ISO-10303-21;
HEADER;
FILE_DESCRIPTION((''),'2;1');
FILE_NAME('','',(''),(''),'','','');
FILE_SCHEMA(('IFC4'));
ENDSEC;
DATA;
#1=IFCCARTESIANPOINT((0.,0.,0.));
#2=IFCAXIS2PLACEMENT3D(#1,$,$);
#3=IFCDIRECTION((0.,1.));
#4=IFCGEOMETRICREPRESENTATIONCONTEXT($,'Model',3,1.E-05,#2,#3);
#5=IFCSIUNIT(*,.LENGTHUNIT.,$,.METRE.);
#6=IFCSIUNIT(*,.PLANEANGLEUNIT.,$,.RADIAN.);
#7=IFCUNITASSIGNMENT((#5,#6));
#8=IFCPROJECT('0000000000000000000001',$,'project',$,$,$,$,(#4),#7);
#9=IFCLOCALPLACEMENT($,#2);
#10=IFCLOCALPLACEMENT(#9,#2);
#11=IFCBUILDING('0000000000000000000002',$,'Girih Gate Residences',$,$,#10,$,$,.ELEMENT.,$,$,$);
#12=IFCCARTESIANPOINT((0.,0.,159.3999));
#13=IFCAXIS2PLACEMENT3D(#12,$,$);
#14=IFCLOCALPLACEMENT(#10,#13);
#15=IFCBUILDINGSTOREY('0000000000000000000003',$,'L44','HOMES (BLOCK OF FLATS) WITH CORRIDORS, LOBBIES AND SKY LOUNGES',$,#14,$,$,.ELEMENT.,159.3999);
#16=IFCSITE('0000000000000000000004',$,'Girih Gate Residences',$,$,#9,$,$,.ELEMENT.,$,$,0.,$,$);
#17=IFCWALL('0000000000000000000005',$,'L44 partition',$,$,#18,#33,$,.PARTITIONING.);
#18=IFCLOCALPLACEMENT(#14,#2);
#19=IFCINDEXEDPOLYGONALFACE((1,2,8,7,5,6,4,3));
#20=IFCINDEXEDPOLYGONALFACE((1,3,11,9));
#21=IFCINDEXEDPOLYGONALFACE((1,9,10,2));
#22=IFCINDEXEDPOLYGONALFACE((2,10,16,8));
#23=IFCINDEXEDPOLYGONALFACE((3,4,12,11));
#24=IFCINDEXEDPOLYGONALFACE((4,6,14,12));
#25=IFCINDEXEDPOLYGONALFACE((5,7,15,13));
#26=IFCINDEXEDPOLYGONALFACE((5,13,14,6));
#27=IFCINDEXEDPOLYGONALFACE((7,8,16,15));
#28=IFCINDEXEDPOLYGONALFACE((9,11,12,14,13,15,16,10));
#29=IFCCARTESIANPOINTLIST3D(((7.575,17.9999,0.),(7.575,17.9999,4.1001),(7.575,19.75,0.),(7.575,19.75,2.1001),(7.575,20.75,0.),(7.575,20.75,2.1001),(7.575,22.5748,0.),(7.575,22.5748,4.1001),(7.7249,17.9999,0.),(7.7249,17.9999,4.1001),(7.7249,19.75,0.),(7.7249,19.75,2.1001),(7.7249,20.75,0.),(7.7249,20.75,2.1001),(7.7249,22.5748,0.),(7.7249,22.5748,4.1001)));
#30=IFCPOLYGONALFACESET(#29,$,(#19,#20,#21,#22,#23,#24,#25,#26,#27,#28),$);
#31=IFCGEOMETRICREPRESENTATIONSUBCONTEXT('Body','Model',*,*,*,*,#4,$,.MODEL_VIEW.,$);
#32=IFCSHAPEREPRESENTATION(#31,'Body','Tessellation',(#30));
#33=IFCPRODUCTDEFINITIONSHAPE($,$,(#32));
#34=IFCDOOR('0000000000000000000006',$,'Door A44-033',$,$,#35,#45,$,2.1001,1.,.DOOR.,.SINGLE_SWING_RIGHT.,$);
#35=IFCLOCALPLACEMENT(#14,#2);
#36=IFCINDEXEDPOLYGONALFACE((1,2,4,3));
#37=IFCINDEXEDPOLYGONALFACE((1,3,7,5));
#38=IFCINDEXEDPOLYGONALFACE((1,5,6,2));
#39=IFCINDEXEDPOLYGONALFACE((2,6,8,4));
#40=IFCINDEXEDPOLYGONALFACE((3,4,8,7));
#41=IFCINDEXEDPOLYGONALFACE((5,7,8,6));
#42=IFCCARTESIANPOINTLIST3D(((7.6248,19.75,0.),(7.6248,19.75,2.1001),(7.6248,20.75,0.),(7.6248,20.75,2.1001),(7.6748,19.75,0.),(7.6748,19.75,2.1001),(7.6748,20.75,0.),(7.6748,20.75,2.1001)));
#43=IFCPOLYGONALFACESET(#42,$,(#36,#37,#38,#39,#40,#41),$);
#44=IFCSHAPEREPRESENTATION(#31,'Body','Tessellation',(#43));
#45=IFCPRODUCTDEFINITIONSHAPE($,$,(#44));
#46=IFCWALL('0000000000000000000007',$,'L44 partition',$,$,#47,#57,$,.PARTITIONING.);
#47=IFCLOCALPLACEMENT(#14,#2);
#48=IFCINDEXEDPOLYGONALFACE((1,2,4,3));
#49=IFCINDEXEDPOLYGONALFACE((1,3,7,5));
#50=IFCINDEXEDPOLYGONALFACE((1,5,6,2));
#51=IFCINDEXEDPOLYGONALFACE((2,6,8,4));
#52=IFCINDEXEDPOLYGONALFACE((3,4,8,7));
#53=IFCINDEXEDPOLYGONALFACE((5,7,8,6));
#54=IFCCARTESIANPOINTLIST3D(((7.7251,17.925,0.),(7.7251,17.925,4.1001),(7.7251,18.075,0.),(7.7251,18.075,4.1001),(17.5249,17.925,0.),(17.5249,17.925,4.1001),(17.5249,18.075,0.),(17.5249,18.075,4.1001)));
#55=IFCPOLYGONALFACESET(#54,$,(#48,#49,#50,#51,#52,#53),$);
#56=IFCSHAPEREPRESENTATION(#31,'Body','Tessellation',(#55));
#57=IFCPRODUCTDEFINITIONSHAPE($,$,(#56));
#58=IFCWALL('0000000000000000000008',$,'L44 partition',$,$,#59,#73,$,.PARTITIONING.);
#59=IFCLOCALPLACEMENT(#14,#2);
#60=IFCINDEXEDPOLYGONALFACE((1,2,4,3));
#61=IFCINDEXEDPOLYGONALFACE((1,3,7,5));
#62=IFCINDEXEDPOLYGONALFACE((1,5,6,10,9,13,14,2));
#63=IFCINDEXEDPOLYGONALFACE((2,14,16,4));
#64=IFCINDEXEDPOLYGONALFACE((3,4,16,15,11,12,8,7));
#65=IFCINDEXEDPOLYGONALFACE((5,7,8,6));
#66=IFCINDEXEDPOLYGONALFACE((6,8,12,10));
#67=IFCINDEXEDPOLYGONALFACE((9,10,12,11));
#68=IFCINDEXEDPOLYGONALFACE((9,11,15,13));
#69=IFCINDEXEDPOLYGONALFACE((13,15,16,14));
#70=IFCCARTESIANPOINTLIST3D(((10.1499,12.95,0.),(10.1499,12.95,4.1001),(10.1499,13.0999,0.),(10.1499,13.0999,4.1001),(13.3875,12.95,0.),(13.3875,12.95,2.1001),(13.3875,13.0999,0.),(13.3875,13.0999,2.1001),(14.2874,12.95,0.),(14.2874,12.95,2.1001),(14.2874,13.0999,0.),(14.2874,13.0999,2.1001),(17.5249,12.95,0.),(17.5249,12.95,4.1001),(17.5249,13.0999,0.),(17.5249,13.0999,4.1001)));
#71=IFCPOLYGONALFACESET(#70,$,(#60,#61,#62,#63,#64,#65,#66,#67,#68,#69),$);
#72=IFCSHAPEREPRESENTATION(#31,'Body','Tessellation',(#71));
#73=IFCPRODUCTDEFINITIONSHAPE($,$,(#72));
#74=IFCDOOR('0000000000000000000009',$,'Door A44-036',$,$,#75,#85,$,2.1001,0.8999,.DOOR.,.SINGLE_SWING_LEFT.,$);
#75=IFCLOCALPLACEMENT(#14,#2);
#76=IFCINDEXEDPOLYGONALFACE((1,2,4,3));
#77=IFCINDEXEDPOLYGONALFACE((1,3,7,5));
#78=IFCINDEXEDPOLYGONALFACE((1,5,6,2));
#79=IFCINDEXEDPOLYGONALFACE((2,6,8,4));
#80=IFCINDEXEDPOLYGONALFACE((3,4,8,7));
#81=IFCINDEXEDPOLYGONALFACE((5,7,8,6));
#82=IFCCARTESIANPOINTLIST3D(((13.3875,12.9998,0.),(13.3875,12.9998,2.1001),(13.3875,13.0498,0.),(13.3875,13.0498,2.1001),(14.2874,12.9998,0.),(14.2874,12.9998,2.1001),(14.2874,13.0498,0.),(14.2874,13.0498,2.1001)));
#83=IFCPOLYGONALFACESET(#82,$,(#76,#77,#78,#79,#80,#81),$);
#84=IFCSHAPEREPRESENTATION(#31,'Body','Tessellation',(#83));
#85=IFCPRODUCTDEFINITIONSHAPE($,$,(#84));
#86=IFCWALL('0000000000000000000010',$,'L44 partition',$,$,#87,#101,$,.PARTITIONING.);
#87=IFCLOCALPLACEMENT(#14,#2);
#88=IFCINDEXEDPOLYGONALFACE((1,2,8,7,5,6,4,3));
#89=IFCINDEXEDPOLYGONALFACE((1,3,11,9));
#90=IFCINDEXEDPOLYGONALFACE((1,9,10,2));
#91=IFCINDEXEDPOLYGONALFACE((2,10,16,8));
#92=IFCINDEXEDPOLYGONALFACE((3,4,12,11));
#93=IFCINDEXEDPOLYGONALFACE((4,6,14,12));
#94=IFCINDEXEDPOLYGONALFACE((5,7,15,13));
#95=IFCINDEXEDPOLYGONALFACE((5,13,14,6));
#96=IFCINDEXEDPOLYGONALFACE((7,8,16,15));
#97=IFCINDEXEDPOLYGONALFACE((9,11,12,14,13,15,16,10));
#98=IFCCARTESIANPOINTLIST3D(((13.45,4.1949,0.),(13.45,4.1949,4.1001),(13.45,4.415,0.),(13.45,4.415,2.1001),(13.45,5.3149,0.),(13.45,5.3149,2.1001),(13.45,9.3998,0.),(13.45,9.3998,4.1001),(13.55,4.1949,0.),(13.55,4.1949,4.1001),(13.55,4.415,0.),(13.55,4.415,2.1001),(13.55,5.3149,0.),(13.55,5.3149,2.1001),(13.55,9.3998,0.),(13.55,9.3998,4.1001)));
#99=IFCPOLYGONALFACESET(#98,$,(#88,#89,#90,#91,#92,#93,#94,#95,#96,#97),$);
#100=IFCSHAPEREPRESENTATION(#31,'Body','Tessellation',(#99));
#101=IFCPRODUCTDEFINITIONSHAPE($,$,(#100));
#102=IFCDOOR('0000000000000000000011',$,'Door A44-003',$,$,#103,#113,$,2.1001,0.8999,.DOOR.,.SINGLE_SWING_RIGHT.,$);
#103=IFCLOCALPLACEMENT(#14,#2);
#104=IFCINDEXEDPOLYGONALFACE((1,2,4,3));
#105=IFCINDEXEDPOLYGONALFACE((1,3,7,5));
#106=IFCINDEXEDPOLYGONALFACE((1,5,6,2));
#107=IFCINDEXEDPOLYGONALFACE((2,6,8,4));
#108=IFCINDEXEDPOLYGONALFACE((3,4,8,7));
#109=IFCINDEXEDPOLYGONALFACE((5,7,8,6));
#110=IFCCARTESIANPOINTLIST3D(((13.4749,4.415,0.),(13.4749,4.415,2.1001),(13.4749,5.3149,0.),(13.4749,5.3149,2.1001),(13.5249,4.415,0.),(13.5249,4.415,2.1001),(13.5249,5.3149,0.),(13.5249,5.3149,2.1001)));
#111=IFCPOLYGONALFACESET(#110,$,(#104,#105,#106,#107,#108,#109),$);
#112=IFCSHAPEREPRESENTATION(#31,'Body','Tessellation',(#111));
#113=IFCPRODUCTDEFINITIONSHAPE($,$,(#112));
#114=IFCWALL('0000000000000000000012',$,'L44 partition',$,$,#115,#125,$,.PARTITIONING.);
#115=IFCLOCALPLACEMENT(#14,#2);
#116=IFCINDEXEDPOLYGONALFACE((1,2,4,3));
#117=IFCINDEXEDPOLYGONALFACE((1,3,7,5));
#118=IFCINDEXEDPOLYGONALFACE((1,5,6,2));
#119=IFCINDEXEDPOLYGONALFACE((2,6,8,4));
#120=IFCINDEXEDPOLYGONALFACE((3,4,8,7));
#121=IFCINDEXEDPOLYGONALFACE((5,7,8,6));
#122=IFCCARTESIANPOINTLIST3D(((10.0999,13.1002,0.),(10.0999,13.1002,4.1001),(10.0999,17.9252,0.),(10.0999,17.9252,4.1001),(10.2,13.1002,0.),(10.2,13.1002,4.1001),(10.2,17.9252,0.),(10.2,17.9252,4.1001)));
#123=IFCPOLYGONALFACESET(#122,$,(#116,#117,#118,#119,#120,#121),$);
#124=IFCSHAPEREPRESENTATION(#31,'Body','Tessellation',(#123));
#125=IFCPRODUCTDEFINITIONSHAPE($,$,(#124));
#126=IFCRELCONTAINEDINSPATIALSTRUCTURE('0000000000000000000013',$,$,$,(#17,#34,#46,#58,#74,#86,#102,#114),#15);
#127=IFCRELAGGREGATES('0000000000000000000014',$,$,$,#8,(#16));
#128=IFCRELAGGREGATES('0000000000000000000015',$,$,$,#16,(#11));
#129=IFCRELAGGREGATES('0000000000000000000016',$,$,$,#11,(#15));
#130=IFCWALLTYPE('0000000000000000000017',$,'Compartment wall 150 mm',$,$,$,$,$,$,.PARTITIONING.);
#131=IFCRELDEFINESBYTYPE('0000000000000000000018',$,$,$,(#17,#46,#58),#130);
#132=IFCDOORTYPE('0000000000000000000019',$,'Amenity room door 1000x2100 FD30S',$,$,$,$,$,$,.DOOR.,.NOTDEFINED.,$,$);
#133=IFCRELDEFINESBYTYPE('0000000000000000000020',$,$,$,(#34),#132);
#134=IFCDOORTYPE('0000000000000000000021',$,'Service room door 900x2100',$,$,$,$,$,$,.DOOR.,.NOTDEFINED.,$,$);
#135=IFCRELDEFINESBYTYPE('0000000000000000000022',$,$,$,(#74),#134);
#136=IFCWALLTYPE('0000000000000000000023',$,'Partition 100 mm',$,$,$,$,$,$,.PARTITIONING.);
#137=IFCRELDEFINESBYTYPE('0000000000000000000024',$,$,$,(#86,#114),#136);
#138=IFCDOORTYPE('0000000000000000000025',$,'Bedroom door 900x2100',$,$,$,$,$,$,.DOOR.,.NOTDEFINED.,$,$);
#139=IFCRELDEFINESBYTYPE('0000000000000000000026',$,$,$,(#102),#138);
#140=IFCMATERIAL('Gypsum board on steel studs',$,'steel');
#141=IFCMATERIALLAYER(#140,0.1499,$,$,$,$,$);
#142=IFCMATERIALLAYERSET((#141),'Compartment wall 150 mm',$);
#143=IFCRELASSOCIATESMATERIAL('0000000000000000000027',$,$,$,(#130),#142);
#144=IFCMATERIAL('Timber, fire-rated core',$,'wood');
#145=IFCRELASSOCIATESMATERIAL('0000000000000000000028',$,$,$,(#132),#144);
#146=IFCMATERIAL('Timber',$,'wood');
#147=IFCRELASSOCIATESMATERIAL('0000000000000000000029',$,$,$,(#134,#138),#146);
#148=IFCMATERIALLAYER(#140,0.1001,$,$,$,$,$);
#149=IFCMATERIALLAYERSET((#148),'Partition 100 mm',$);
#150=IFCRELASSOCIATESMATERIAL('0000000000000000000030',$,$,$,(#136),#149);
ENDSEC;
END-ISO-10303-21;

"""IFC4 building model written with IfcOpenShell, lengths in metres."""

from ifc_helpers import new_model, si_unit, direction, frame, frame_2d, origin, place, context, subcontext, project, spatial, rectangle, extrude, material, layer, layer_set, type_object, element, fill, save


model = new_model("IFC4")

# Units and contexts
model_context = context("Model", 3, precision=1e-05, world=origin(), true_north=direction((0.0, 1.0)))
body_context = subcontext(model_context, "Body", "Model", "MODEL_VIEW")
ifc_project = project(units=[si_unit("LENGTHUNIT", "METRE"), si_unit("PLANEANGLEUNIT", "RADIAN")], contexts=[model_context])

# Site, building, storey
site_placement = place(None, origin())
site = spatial("IfcSite", under=ifc_project, at=site_placement, Name="Girih Gate Residences", CompositionType="ELEMENT", RefElevation=0.0)
building_placement = place(site_placement, origin())
building = spatial("IfcBuilding", under=site, at=building_placement, Name="Girih Gate Residences", CompositionType="ELEMENT")
storey_placement = place(building_placement, frame((0.0, 0.0, 159.3999)))
storey = spatial("IfcBuildingStorey", under=building, at=storey_placement, Name="L44", Description="HOMES (BLOCK OF FLATS) WITH CORRIDORS, LOBBIES AND SKY LOUNGES", CompositionType="ELEMENT", Elevation=159.3999)

# Shared definitions
ifc_material_1 = material(Name="Gypsum board on steel studs", Category="steel")
ifc_layer_1 = layer(ifc_material_1, 0.1499)
ifc_layer_set_1 = layer_set([ifc_layer_1], Name="Compartment wall 150 mm")
wall_type_1 = type_object("IfcWallType", Name="Compartment wall 150 mm", PredefinedType="PARTITIONING", material=ifc_layer_set_1)

# Shared definitions
ifc_material_2 = material(Name="Timber, fire-rated core", Category="wood")

# Wall, opening, door
wall_1_placement = place(storey_placement, frame((7.6499, 22.575, 0.0), z_axis=(0.0, 0.0, 1.0), x_axis=(0.0, -1.0, 0.0)))
wall_1 = element("IfcWall", 1, at=wall_1_placement, inside=storey, type_object=wall_type_1, Name="L44 partition", PredefinedType="PARTITIONING", context=body_context, shape_type="SweptSolid", body=[
    extrude(rectangle(XDim=4.575, YDim=0.1499, at=frame_2d((2.2876, 0.0))), origin(), (0.0, 0.0, 1.0), 4.1001),
])
opening_1_placement = place(wall_1_placement, frame((1.825, 0.0, 0.0)))
opening_1 = element("IfcOpeningElement", 2, at=opening_1_placement, cuts=wall_1, PredefinedType="OPENING", context=body_context, shape_type="SweptSolid", body=[
    extrude(rectangle(XDim=1.0, YDim=2.1001, at=frame_2d((0.5, 1.05))), frame((0.0, 0.085, 0.0), z_axis=(0.0, -1.0, 0.0), x_axis=(1.0, 0.0, 0.0)), (0.0, 0.0, 1.0), 0.1699),
])
door_type_1 = type_object("IfcDoorType", Name="Amenity room door 1000x2100 FD30S", OperationType="NOTDEFINED", PredefinedType="DOOR", material=ifc_material_2)
door_1_placement = place(opening_1_placement, origin())
door_1 = element("IfcDoor", 3, at=door_1_placement, inside=storey, type_object=door_type_1, Name="Door A44-033", OperationType="SINGLE_SWING_RIGHT", OverallHeight=2.1001, OverallWidth=1.0, PredefinedType="DOOR", context=body_context, shape_type="SweptSolid", body=[
    extrude(rectangle(XDim=1.0, YDim=2.1001, at=frame_2d((0.5, 1.05))), frame((0.0, 0.0249, 0.0), z_axis=(0.0, -1.0, 0.0), x_axis=(1.0, 0.0, 0.0)), (0.0, 0.0, 1.0), 0.05),
])
fill(opening_1, door_1)

# Wall
wall_2_placement = place(storey_placement, frame((7.7251, 18.0, 0.0), z_axis=(0.0, 0.0, 1.0), x_axis=(1.0, 0.0, 0.0)))
element("IfcWall", 4, at=wall_2_placement, inside=storey, type_object=wall_type_1, Name="L44 partition", PredefinedType="PARTITIONING", context=body_context, shape_type="SweptSolid", body=[
    extrude(rectangle(XDim=9.7998, YDim=0.1499, at=frame_2d((4.8999, 0.0))), origin(), (0.0, 0.0, 1.0), 4.1001),
])

# Walls, openings, doors
wall_3_placement = place(storey_placement, frame((10.1499, 13.0249, 0.0), z_axis=(0.0, 0.0, 1.0), x_axis=(1.0, 0.0, 0.0)))
wall_3 = element("IfcWall", 5, at=wall_3_placement, inside=storey, type_object=wall_type_1, Name="L44 partition", PredefinedType="PARTITIONING", context=body_context, shape_type="SweptSolid", body=[
    extrude(rectangle(XDim=7.375, YDim=0.1499, at=frame_2d((3.6875, 0.0))), origin(), (0.0, 0.0, 1.0), 4.1001),
])
opening_2_placement = place(wall_3_placement, frame((3.2375, 0.0, 0.0)))
opening_2 = element("IfcOpeningElement", 6, at=opening_2_placement, cuts=wall_3, PredefinedType="OPENING", context=body_context, shape_type="SweptSolid", body=[
    extrude(rectangle(XDim=0.8999, YDim=2.1001, at=frame_2d((0.45, 1.05))), frame((0.0, 0.085, 0.0), z_axis=(0.0, -1.0, 0.0), x_axis=(1.0, 0.0, 0.0)), (0.0, 0.0, 1.0), 0.1699),
])
ifc_material_3 = material(Name="Timber", Category="wood")
door_type_2 = type_object("IfcDoorType", Name="Service room door 900x2100", OperationType="NOTDEFINED", PredefinedType="DOOR", material=ifc_material_3)
door_2_placement = place(opening_2_placement, origin())
door_2 = element("IfcDoor", 7, at=door_2_placement, inside=storey, type_object=door_type_2, Name="Door A44-036", OperationType="SINGLE_SWING_LEFT", OverallHeight=2.1001, OverallWidth=0.8999, PredefinedType="DOOR", context=body_context, shape_type="SweptSolid", body=[
    extrude(rectangle(XDim=0.8999, YDim=2.1001, at=frame_2d((0.45, 1.05))), frame((0.0, 0.0249, 0.0), z_axis=(0.0, -1.0, 0.0), x_axis=(1.0, 0.0, 0.0)), (0.0, 0.0, 1.0), 0.05),
])
fill(opening_2, door_2)
ifc_layer_2 = layer(ifc_material_1, 0.1001)
ifc_layer_set_2 = layer_set([ifc_layer_2], Name="Partition 100 mm")
wall_type_2 = type_object("IfcWallType", Name="Partition 100 mm", PredefinedType="PARTITIONING", material=ifc_layer_set_2)
wall_4_placement = place(storey_placement, frame((13.5, 9.3999, 0.0), z_axis=(0.0, 0.0, 1.0), x_axis=(0.0, -1.0, 0.0)))
wall_4 = element("IfcWall", 8, at=wall_4_placement, inside=storey, type_object=wall_type_2, Name="L44 partition", PredefinedType="PARTITIONING", context=body_context, shape_type="SweptSolid", body=[
    extrude(rectangle(XDim=5.2048, YDim=0.1001, at=frame_2d((2.6025, 0.0))), origin(), (0.0, 0.0, 1.0), 4.1001),
])
opening_3_placement = place(wall_4_placement, frame((4.085, 0.0, 0.0)))
opening_3 = element("IfcOpeningElement", 9, at=opening_3_placement, cuts=wall_4, PredefinedType="OPENING", context=body_context, shape_type="SweptSolid", body=[
    extrude(rectangle(XDim=0.8999, YDim=2.1001, at=frame_2d((0.45, 1.05))), frame((0.0, 0.0601, 0.0), z_axis=(0.0, -1.0, 0.0), x_axis=(1.0, 0.0, 0.0)), (0.0, 0.0, 1.0), 0.1201),
])
door_type_3 = type_object("IfcDoorType", Name="Bedroom door 900x2100", OperationType="NOTDEFINED", PredefinedType="DOOR", material=ifc_material_3)
door_3_placement = place(opening_3_placement, origin())
door_3 = element("IfcDoor", 10, at=door_3_placement, inside=storey, type_object=door_type_3, Name="Door A44-003", OperationType="SINGLE_SWING_RIGHT", OverallHeight=2.1001, OverallWidth=0.8999, PredefinedType="DOOR", context=body_context, shape_type="SweptSolid", body=[
    extrude(rectangle(XDim=0.8999, YDim=2.1001, at=frame_2d((0.45, 1.05))), frame((0.0, 0.0249, 0.0), z_axis=(0.0, -1.0, 0.0), x_axis=(1.0, 0.0, 0.0)), (0.0, 0.0, 1.0), 0.05),
])
fill(opening_3, door_3)

# Wall
wall_5_placement = place(storey_placement, frame((10.1499, 13.1001, 0.0), z_axis=(0.0, 0.0, 1.0), x_axis=(0.0, 1.0, 0.0)))
element("IfcWall", 11, at=wall_5_placement, inside=storey, type_object=wall_type_2, Name="L44 partition", PredefinedType="PARTITIONING", context=body_context, shape_type="SweptSolid", body=[
    extrude(rectangle(XDim=4.825, YDim=0.1001, at=frame_2d((2.4126, 0.0))), origin(), (0.0, 0.0, 1.0), 4.1001),
])

save(model, "model.ifc")
